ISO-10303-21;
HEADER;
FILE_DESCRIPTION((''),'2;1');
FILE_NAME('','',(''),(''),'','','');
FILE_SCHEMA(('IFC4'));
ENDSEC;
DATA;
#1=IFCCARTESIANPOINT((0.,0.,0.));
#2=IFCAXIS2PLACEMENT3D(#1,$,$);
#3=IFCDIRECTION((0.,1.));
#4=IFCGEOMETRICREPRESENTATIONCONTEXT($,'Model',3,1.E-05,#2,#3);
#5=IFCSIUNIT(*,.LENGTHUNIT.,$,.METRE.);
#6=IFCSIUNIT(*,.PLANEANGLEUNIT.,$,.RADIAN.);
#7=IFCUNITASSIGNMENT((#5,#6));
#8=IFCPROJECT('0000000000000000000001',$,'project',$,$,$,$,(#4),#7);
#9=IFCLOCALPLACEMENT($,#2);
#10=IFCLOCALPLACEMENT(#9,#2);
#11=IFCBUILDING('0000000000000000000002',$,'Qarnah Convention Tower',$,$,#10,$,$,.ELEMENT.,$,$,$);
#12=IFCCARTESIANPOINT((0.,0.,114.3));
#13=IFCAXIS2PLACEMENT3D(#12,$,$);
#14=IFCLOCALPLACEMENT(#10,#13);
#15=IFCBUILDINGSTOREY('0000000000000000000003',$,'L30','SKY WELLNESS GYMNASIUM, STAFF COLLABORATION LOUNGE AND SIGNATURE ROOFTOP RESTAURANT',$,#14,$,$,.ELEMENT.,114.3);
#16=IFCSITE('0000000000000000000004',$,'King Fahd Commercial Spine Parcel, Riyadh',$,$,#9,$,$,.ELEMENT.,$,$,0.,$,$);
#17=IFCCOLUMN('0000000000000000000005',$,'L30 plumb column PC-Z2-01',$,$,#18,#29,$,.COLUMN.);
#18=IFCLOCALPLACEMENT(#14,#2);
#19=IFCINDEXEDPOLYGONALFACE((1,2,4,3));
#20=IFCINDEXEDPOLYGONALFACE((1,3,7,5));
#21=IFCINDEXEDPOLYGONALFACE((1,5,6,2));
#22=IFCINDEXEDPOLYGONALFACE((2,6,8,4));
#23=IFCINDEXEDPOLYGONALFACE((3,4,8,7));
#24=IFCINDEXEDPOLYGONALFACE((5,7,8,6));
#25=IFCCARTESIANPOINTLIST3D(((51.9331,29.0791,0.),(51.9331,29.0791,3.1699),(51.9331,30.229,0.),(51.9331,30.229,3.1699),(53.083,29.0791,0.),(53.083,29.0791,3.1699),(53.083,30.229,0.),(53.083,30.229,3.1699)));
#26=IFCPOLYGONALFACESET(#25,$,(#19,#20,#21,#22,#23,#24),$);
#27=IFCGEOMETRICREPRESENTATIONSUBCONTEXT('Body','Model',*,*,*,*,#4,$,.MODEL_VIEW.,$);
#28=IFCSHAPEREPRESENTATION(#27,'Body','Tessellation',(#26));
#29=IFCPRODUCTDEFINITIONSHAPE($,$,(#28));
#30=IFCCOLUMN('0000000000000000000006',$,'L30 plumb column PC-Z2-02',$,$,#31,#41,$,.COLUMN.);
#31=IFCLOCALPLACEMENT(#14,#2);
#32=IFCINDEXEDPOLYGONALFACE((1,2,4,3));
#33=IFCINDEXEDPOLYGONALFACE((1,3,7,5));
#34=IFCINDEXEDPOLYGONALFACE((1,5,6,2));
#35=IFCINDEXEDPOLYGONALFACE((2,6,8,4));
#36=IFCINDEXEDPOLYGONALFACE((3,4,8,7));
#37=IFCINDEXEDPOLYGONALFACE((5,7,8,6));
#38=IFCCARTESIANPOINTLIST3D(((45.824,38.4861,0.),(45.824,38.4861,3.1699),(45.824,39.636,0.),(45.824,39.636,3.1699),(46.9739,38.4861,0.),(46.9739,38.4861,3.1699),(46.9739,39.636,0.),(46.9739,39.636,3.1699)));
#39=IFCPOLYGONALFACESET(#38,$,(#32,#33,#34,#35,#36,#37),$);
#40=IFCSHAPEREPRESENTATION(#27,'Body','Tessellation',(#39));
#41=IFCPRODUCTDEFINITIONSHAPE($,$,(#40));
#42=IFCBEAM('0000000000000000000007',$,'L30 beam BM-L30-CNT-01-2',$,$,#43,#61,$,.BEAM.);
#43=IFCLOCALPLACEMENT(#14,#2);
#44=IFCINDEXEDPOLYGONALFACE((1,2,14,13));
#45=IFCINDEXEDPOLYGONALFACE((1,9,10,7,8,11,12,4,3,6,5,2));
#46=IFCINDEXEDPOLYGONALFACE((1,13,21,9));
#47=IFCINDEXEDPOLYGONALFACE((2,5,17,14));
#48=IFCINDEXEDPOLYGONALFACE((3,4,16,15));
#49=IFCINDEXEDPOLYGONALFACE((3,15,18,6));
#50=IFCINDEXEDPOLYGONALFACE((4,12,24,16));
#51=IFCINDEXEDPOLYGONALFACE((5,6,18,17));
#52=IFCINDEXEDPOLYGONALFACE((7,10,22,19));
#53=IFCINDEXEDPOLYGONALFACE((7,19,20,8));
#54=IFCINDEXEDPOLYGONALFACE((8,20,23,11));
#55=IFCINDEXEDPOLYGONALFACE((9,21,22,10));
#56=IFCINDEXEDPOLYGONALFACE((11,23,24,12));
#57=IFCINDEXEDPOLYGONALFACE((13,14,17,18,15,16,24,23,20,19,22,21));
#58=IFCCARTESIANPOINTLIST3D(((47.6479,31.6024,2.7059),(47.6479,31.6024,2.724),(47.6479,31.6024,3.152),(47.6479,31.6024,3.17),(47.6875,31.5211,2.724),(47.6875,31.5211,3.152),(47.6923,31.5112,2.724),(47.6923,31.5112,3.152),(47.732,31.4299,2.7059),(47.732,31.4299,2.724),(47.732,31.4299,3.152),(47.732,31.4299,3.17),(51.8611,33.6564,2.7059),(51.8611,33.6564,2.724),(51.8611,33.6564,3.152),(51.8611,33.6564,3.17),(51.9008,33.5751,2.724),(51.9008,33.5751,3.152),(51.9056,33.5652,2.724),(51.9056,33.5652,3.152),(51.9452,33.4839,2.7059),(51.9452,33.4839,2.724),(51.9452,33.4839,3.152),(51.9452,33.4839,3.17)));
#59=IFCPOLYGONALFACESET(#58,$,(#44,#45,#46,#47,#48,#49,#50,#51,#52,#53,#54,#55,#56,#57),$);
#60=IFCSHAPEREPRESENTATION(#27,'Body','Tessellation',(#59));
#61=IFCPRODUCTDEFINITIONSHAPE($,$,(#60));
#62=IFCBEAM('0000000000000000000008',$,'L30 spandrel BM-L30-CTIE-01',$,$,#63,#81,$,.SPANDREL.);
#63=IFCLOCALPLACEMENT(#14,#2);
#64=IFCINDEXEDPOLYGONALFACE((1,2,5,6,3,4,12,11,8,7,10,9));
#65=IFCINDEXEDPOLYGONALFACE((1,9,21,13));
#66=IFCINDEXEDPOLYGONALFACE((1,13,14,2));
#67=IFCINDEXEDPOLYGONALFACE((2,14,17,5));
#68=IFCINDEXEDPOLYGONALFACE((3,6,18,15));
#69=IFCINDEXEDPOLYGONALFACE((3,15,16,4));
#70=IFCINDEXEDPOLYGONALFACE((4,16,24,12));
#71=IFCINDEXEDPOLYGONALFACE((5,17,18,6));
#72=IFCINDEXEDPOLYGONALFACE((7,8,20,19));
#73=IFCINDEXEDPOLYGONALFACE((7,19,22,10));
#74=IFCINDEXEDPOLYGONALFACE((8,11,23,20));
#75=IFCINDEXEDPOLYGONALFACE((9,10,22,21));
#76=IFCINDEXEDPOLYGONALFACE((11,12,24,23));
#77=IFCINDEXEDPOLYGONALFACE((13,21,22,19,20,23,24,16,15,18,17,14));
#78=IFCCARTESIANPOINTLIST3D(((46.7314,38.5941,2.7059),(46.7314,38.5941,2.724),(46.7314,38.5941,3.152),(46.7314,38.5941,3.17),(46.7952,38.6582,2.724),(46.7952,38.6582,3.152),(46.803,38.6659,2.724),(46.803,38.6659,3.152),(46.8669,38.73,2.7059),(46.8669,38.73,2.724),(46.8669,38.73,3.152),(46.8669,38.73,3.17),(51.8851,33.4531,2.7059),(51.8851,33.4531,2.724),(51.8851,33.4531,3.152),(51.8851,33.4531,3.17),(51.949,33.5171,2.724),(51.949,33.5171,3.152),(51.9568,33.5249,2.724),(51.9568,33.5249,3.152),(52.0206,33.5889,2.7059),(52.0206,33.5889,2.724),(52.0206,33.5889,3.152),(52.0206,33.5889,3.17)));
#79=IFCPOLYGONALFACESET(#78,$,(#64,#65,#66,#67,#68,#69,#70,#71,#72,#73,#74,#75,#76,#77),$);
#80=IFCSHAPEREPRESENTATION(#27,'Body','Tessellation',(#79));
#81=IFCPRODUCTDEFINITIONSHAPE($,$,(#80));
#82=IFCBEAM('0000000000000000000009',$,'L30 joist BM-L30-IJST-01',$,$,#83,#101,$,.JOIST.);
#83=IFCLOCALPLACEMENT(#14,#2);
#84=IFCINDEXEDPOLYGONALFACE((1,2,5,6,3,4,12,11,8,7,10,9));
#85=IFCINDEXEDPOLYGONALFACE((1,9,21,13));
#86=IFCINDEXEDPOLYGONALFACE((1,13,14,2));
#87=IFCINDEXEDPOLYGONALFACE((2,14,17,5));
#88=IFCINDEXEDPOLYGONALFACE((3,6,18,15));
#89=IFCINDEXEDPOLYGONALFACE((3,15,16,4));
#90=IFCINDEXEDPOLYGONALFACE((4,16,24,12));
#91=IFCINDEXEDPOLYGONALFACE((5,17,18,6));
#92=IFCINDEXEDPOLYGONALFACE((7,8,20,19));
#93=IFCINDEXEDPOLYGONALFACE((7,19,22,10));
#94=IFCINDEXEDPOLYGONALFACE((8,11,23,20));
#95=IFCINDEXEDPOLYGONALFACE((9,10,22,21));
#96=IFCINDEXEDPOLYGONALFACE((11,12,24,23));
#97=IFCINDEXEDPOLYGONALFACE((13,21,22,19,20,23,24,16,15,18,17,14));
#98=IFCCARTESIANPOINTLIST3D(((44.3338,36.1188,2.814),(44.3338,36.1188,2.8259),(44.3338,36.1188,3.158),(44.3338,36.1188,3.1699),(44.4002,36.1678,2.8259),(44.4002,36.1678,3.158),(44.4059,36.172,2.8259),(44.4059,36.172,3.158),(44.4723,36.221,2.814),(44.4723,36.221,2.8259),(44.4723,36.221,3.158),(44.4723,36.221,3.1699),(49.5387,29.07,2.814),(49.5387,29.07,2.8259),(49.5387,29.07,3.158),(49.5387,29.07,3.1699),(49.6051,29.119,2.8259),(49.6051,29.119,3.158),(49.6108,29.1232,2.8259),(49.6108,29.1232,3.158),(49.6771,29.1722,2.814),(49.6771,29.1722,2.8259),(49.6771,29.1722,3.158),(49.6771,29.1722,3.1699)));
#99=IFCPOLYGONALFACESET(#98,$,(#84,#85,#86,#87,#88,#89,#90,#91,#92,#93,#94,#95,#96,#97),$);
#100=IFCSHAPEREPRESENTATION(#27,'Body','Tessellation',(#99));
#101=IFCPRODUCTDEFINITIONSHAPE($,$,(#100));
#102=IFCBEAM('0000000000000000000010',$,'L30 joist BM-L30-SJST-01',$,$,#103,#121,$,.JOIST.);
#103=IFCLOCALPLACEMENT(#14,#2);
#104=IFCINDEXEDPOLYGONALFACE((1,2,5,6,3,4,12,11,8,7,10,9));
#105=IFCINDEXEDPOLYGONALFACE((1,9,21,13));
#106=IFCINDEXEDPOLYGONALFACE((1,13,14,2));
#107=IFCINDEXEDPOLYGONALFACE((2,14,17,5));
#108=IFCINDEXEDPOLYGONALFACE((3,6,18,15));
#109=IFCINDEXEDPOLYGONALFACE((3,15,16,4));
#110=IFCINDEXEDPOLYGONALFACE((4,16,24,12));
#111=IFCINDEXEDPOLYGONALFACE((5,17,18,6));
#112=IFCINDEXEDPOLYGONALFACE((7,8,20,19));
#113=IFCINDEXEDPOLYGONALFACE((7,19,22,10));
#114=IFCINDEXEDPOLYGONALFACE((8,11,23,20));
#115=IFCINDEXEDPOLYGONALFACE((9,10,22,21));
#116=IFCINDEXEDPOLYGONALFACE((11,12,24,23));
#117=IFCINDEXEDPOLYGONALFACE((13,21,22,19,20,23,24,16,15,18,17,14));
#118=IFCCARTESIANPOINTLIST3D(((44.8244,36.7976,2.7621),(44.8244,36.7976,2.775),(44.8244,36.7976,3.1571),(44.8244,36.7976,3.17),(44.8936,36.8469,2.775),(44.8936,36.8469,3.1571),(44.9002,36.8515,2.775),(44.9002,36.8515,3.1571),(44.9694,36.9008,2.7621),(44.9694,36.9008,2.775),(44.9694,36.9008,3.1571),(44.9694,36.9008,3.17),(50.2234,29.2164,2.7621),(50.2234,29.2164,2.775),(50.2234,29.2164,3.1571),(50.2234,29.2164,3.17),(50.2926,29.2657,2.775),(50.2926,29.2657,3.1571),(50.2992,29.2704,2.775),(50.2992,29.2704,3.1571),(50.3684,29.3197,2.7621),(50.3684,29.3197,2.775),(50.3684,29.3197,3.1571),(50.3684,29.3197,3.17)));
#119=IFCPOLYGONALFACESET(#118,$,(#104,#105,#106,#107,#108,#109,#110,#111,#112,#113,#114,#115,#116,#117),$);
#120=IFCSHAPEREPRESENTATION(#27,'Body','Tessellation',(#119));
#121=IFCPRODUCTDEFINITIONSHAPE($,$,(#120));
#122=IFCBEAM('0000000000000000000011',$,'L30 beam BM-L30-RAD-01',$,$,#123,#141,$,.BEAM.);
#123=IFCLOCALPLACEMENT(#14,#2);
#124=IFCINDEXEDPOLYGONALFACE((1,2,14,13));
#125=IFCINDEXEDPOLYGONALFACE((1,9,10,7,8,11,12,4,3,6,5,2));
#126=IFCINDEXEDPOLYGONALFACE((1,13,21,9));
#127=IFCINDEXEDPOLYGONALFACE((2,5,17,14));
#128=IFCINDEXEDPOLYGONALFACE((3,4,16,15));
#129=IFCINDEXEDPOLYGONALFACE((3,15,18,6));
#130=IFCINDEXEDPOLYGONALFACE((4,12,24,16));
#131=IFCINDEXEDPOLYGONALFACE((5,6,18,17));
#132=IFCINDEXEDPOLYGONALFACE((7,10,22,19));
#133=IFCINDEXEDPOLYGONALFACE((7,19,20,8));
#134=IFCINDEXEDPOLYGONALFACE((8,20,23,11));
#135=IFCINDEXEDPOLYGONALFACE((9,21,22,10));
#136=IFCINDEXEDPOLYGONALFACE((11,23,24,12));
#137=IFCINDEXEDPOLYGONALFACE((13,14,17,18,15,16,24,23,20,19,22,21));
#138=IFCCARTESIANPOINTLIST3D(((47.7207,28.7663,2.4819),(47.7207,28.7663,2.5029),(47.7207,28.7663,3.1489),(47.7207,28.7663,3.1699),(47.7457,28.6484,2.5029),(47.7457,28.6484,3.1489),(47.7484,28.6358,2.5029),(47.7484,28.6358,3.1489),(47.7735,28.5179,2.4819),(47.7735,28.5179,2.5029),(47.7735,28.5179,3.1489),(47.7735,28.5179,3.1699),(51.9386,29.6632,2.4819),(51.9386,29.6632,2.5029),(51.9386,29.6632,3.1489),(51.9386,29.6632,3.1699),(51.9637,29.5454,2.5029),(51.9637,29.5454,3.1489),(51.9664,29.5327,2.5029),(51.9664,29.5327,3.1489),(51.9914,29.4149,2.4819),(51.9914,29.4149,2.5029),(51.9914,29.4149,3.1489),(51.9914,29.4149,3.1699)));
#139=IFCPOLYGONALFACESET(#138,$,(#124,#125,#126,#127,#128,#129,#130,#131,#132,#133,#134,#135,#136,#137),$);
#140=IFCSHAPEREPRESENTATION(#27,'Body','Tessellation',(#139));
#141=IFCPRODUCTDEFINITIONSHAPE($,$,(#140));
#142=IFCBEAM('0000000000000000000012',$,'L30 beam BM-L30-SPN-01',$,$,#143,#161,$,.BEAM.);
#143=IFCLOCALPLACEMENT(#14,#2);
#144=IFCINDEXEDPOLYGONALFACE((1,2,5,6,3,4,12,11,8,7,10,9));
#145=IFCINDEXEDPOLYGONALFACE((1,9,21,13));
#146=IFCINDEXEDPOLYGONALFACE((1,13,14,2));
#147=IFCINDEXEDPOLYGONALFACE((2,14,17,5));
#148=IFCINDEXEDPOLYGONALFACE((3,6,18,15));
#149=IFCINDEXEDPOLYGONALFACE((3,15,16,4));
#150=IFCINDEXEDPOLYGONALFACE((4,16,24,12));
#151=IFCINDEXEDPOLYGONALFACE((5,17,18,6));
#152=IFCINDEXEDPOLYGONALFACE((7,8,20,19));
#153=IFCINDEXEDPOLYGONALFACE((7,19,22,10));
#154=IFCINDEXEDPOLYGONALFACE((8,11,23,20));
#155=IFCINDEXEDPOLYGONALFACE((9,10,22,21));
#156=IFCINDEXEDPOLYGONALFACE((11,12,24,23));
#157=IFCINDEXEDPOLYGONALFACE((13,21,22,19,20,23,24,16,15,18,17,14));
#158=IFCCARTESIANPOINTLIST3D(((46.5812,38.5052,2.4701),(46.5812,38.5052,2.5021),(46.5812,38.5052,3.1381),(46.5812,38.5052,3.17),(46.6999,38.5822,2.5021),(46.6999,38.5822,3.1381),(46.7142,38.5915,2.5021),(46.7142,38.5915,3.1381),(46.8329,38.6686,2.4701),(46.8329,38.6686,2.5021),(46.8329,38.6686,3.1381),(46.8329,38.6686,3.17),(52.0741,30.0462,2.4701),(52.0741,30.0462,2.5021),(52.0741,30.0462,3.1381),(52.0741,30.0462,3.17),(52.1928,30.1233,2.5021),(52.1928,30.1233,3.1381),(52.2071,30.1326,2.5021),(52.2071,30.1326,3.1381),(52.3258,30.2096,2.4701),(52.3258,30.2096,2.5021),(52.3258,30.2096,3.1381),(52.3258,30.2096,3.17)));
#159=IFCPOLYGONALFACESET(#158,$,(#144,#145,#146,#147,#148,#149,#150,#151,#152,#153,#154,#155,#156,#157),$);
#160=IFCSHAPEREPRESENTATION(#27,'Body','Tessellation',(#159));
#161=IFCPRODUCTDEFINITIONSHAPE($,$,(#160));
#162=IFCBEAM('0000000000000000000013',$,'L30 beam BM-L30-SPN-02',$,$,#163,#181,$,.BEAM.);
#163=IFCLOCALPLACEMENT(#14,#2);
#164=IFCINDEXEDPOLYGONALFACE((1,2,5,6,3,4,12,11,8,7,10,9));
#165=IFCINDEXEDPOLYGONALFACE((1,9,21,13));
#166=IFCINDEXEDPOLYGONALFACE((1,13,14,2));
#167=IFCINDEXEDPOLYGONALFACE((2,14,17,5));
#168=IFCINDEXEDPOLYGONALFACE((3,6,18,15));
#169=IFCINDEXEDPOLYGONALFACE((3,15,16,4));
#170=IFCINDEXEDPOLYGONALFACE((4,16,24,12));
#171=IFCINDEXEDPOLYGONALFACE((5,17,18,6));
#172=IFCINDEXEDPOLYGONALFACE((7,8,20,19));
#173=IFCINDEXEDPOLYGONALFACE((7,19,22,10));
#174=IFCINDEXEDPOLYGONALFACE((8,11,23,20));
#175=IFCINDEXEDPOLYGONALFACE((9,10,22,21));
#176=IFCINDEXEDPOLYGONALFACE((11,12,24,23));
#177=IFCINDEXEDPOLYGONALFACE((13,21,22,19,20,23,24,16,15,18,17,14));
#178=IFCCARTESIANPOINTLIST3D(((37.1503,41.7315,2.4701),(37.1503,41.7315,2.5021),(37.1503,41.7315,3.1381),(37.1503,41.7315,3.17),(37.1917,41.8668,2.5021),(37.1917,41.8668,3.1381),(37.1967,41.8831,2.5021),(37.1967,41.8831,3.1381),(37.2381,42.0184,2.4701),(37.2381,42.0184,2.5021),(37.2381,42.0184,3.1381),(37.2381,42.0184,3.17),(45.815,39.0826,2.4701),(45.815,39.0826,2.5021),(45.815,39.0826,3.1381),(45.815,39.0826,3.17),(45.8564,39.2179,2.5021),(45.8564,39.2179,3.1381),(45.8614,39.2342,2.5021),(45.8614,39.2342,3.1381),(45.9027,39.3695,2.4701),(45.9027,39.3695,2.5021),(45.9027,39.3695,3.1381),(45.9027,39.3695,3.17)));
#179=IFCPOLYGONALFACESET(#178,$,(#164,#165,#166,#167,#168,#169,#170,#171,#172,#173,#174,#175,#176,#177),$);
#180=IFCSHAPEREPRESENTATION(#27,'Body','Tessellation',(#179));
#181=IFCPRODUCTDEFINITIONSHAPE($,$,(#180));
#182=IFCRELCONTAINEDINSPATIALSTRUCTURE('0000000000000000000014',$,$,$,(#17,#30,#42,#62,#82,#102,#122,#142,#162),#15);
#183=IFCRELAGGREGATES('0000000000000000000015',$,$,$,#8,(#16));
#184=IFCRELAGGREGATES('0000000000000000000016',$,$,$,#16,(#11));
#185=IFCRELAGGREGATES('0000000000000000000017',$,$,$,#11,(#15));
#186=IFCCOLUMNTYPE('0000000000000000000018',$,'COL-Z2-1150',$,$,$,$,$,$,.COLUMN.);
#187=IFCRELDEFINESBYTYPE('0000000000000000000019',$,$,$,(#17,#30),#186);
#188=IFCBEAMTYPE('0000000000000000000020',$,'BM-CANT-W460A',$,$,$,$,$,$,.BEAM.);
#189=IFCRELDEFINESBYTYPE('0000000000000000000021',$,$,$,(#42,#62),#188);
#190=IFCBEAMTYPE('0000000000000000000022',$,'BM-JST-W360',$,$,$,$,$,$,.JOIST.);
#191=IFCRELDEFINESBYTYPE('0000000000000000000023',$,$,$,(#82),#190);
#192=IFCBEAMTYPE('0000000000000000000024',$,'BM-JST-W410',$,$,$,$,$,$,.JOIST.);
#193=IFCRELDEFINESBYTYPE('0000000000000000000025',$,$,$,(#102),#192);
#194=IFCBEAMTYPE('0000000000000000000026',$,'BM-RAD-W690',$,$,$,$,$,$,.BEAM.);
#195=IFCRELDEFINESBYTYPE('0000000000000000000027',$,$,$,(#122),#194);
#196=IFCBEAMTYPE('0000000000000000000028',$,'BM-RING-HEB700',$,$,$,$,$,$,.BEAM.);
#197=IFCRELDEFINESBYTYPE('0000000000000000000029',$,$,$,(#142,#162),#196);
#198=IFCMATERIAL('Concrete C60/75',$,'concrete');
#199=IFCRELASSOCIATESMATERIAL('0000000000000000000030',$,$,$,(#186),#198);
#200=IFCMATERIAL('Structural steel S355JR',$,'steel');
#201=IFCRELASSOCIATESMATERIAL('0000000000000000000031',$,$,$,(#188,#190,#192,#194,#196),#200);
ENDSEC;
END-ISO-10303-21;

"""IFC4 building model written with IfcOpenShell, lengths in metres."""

from ifc_helpers import new_model, si_unit, direction, frame, origin, origin_2d, place, context, subcontext, project, spatial, rectangle, i_section, extrude, material, material_profile, profile_set, type_object, element, save


model = new_model("IFC4")

# Units and contexts
model_context = context("Model", 3, precision=1e-05, world=origin(), true_north=direction((0.0, 1.0)))
body_context = subcontext(model_context, "Body", "Model", "MODEL_VIEW")
ifc_project = project(units=[si_unit("LENGTHUNIT", "METRE"), si_unit("PLANEANGLEUNIT", "RADIAN")], contexts=[model_context])

# Site, building, storey
site_placement = place(None, origin())
site = spatial("IfcSite", under=ifc_project, at=site_placement, Name="King Fahd Commercial Spine Parcel, Riyadh", CompositionType="ELEMENT", RefElevation=0.0)
building_placement = place(site_placement, origin())
building = spatial("IfcBuilding", under=site, at=building_placement, Name="Qarnah Convention Tower", CompositionType="ELEMENT")
storey_placement = place(building_placement, frame((0.0, 0.0, 114.3)))
storey = spatial("IfcBuildingStorey", under=building, at=storey_placement, Name="L30", Description="SKY WELLNESS GYMNASIUM, STAFF COLLABORATION LOUNGE AND SIGNATURE ROOFTOP RESTAURANT", CompositionType="ELEMENT", Elevation=114.3)

# Columns
ifc_material_1 = material(Name="Concrete C60/75", Category="concrete")
ifc_material_profile_1 = material_profile(ifc_material_1, rectangle(XDim=1.1499, YDim=1.1499, at=origin_2d()), Name="RC-COL-1150X1150")
ifc_profile_set_1 = profile_set([ifc_material_profile_1], Name="Concrete C60/75")
column_type = type_object("IfcColumnType", Name="COL-Z2-1150", PredefinedType="COLUMN", material=ifc_profile_set_1)
for number, where, z_axis, x_axis, name in (
    (1, (52.5081, 29.6541, 0.0), (0.0, 0.0, 1.0), (1.0, 0.0, 0.0), "L30 plumb column PC-Z2-01"),
    (2, (46.3989, 39.061, 0.0), (0.0, 0.0, 1.0), (1.0, 0.0, 0.0), "L30 plumb column PC-Z2-02"),
):
    element("IfcColumn", number, at=place(storey_placement, frame(where, z_axis=z_axis, x_axis=x_axis)), inside=storey, type_object=column_type, Name=name, PredefinedType="COLUMN", context=body_context, shape_type="SweptSolid", body=[
        extrude(rectangle(XDim=1.1499, YDim=1.1499, at=origin_2d()), origin(), (0.0, 0.0, 1.0), 3.1699),
    ])

# Beams
ifc_material_2 = material(Name="Structural steel S355JR", Category="steel")
ifc_material_profile_2 = material_profile(ifc_material_2, i_section(OverallWidth=0.1919, OverallDepth=0.4641, WebThickness=0.011, FlangeThickness=0.0181, at=origin_2d()), Name="W460X89")
ifc_profile_set_2 = profile_set([ifc_material_profile_2], Name="Structural steel S355JR")
beam_type_1 = type_object("IfcBeamType", Name="BM-CANT-W460A", PredefinedType="BEAM", material=ifc_profile_set_2)
beam_1_placement = place(storey_placement, frame((47.6899, 31.5161, 2.938), z_axis=(0.898872, 0.438211, 0.0), x_axis=(-0.438211, 0.898872, 0.0)))
element("IfcBeam", 3, at=beam_1_placement, inside=storey, type_object=beam_type_1, Name="L30 beam BM-L30-CNT-01-2", PredefinedType="BEAM", context=body_context, shape_type="SweptSolid", body=[
    extrude(i_section(OverallWidth=0.1919, OverallDepth=0.4641, WebThickness=0.011, FlangeThickness=0.0181, at=origin_2d()), origin(), (0.0, 0.0, 1.0), 4.6873),
])
beam_2_placement = place(storey_placement, frame((51.9529, 33.521, 2.938), z_axis=(-0.707978, 0.706234, 0.0), x_axis=(-0.706234, -0.707978, 0.0)))
element("IfcBeam", 4, at=beam_2_placement, inside=storey, type_object=beam_type_1, Name="L30 spandrel BM-L30-CTIE-01", PredefinedType="SPANDREL", context=body_context, shape_type="SweptSolid", body=[
    extrude(i_section(OverallWidth=0.1919, OverallDepth=0.4641, WebThickness=0.011, FlangeThickness=0.0181, at=origin_2d()), origin(), (0.0, 0.0, 1.0), 7.2795),
])
ifc_material_profile_3 = material_profile(ifc_material_2, i_section(OverallWidth=0.1721, OverallDepth=0.356, WebThickness=0.0071, FlangeThickness=0.012, at=origin_2d()), Name="W360X51")
ifc_profile_set_3 = profile_set([ifc_material_profile_3], Name="Structural steel S355JR")
beam_type_2 = type_object("IfcBeamType", Name="BM-JST-W360", PredefinedType="JOIST", material=ifc_profile_set_3)
beam_3_placement = place(storey_placement, frame((49.6079, 29.1211, 2.9919), z_axis=(-0.594009, 0.804458, 0.0), x_axis=(-0.804458, -0.594009, 0.0)))
element("IfcBeam", 5, at=beam_3_placement, inside=storey, type_object=beam_type_2, Name="L30 joist BM-L30-IJST-01", PredefinedType="JOIST", context=body_context, shape_type="SweptSolid", body=[
    extrude(i_section(OverallWidth=0.1721, OverallDepth=0.356, WebThickness=0.0071, FlangeThickness=0.012, at=origin_2d()), origin(), (0.0, 0.0, 1.0), 8.7622),
])
ifc_material_profile_4 = material_profile(ifc_material_2, i_section(OverallWidth=0.178, OverallDepth=0.408, WebThickness=0.0081, FlangeThickness=0.0129, at=origin_2d()), Name="W410X60")
ifc_profile_set_4 = profile_set([ifc_material_profile_4], Name="Structural steel S355JR")
beam_type_3 = type_object("IfcBeamType", Name="BM-JST-W410", PredefinedType="JOIST", material=ifc_profile_set_4)
beam_4_placement = place(storey_placement, frame((50.2959, 29.2681, 2.9661), z_axis=(-0.580091, 0.814552, 0.0), x_axis=(-0.814552, -0.580091, 0.0)))
element("IfcBeam", 6, at=beam_4_placement, inside=storey, type_object=beam_type_3, Name="L30 joist BM-L30-SJST-01", PredefinedType="JOIST", context=body_context, shape_type="SweptSolid", body=[
    extrude(i_section(OverallWidth=0.178, OverallDepth=0.408, WebThickness=0.0081, FlangeThickness=0.0129, at=origin_2d()), origin(), (0.0, 0.0, 1.0), 9.3071),
])
ifc_material_profile_5 = material_profile(ifc_material_2, i_section(OverallWidth=0.2539, OverallDepth=0.688, WebThickness=0.0129, FlangeThickness=0.021, at=origin_2d()), Name="W690X152")
ifc_profile_set_5 = profile_set([ifc_material_profile_5], Name="Structural steel S355JR")
beam_type_4 = type_object("IfcBeamType", Name="BM-RAD-W690", PredefinedType="BEAM", material=ifc_profile_set_5)
beam_5_placement = place(storey_placement, frame((47.7471, 28.6421, 2.8259), z_axis=(0.978128, 0.208002, 0.0), x_axis=(-0.208002, 0.978128, 0.0)))
element("IfcBeam", 7, at=beam_5_placement, inside=storey, type_object=beam_type_4, Name="L30 beam BM-L30-RAD-01", PredefinedType="BEAM", context=body_context, shape_type="SweptSolid", body=[
    extrude(i_section(OverallWidth=0.2539, OverallDepth=0.688, WebThickness=0.0129, FlangeThickness=0.021, at=origin_2d()), origin(), (0.0, 0.0, 1.0), 4.3123),
])
ifc_material_profile_6 = material_profile(ifc_material_2, i_section(OverallWidth=0.3, OverallDepth=0.7, WebThickness=0.0171, FlangeThickness=0.032, at=origin_2d()), Name="HEB700")
ifc_profile_set_6 = profile_set([ifc_material_profile_6], Name="Structural steel S355JR")
beam_type_5 = type_object("IfcBeamType", Name="BM-RING-HEB700", PredefinedType="BEAM", material=ifc_profile_set_6)
beam_6_placement = place(storey_placement, frame((52.2, 30.1279, 2.8201), z_axis=(-0.544611, 0.838689, 0.0), x_axis=(-0.838689, -0.544611, 0.0)))
element("IfcBeam", 8, at=beam_6_placement, inside=storey, type_object=beam_type_5, Name="L30 beam BM-L30-SPN-01", PredefinedType="BEAM", context=body_context, shape_type="SweptSolid", body=[
    extrude(i_section(OverallWidth=0.3, OverallDepth=0.7, WebThickness=0.0171, FlangeThickness=0.032, at=origin_2d()), origin(), (0.0, 0.0, 1.0), 10.0859),
])
beam_7_placement = place(storey_placement, frame((45.8589, 39.2261, 2.8201), z_axis=(-0.95631, 0.292355, 0.0), x_axis=(-0.292355, -0.95631, 0.0)))
element("IfcBeam", 9, at=beam_7_placement, inside=storey, type_object=beam_type_5, Name="L30 beam BM-L30-SPN-02", PredefinedType="BEAM", context=body_context, shape_type="SweptSolid", body=[
    extrude(i_section(OverallWidth=0.3, OverallDepth=0.7, WebThickness=0.0171, FlangeThickness=0.032, at=origin_2d()), origin(), (0.0, 0.0, 1.0), 9.0605),
])

save(model, "model.ifc")
